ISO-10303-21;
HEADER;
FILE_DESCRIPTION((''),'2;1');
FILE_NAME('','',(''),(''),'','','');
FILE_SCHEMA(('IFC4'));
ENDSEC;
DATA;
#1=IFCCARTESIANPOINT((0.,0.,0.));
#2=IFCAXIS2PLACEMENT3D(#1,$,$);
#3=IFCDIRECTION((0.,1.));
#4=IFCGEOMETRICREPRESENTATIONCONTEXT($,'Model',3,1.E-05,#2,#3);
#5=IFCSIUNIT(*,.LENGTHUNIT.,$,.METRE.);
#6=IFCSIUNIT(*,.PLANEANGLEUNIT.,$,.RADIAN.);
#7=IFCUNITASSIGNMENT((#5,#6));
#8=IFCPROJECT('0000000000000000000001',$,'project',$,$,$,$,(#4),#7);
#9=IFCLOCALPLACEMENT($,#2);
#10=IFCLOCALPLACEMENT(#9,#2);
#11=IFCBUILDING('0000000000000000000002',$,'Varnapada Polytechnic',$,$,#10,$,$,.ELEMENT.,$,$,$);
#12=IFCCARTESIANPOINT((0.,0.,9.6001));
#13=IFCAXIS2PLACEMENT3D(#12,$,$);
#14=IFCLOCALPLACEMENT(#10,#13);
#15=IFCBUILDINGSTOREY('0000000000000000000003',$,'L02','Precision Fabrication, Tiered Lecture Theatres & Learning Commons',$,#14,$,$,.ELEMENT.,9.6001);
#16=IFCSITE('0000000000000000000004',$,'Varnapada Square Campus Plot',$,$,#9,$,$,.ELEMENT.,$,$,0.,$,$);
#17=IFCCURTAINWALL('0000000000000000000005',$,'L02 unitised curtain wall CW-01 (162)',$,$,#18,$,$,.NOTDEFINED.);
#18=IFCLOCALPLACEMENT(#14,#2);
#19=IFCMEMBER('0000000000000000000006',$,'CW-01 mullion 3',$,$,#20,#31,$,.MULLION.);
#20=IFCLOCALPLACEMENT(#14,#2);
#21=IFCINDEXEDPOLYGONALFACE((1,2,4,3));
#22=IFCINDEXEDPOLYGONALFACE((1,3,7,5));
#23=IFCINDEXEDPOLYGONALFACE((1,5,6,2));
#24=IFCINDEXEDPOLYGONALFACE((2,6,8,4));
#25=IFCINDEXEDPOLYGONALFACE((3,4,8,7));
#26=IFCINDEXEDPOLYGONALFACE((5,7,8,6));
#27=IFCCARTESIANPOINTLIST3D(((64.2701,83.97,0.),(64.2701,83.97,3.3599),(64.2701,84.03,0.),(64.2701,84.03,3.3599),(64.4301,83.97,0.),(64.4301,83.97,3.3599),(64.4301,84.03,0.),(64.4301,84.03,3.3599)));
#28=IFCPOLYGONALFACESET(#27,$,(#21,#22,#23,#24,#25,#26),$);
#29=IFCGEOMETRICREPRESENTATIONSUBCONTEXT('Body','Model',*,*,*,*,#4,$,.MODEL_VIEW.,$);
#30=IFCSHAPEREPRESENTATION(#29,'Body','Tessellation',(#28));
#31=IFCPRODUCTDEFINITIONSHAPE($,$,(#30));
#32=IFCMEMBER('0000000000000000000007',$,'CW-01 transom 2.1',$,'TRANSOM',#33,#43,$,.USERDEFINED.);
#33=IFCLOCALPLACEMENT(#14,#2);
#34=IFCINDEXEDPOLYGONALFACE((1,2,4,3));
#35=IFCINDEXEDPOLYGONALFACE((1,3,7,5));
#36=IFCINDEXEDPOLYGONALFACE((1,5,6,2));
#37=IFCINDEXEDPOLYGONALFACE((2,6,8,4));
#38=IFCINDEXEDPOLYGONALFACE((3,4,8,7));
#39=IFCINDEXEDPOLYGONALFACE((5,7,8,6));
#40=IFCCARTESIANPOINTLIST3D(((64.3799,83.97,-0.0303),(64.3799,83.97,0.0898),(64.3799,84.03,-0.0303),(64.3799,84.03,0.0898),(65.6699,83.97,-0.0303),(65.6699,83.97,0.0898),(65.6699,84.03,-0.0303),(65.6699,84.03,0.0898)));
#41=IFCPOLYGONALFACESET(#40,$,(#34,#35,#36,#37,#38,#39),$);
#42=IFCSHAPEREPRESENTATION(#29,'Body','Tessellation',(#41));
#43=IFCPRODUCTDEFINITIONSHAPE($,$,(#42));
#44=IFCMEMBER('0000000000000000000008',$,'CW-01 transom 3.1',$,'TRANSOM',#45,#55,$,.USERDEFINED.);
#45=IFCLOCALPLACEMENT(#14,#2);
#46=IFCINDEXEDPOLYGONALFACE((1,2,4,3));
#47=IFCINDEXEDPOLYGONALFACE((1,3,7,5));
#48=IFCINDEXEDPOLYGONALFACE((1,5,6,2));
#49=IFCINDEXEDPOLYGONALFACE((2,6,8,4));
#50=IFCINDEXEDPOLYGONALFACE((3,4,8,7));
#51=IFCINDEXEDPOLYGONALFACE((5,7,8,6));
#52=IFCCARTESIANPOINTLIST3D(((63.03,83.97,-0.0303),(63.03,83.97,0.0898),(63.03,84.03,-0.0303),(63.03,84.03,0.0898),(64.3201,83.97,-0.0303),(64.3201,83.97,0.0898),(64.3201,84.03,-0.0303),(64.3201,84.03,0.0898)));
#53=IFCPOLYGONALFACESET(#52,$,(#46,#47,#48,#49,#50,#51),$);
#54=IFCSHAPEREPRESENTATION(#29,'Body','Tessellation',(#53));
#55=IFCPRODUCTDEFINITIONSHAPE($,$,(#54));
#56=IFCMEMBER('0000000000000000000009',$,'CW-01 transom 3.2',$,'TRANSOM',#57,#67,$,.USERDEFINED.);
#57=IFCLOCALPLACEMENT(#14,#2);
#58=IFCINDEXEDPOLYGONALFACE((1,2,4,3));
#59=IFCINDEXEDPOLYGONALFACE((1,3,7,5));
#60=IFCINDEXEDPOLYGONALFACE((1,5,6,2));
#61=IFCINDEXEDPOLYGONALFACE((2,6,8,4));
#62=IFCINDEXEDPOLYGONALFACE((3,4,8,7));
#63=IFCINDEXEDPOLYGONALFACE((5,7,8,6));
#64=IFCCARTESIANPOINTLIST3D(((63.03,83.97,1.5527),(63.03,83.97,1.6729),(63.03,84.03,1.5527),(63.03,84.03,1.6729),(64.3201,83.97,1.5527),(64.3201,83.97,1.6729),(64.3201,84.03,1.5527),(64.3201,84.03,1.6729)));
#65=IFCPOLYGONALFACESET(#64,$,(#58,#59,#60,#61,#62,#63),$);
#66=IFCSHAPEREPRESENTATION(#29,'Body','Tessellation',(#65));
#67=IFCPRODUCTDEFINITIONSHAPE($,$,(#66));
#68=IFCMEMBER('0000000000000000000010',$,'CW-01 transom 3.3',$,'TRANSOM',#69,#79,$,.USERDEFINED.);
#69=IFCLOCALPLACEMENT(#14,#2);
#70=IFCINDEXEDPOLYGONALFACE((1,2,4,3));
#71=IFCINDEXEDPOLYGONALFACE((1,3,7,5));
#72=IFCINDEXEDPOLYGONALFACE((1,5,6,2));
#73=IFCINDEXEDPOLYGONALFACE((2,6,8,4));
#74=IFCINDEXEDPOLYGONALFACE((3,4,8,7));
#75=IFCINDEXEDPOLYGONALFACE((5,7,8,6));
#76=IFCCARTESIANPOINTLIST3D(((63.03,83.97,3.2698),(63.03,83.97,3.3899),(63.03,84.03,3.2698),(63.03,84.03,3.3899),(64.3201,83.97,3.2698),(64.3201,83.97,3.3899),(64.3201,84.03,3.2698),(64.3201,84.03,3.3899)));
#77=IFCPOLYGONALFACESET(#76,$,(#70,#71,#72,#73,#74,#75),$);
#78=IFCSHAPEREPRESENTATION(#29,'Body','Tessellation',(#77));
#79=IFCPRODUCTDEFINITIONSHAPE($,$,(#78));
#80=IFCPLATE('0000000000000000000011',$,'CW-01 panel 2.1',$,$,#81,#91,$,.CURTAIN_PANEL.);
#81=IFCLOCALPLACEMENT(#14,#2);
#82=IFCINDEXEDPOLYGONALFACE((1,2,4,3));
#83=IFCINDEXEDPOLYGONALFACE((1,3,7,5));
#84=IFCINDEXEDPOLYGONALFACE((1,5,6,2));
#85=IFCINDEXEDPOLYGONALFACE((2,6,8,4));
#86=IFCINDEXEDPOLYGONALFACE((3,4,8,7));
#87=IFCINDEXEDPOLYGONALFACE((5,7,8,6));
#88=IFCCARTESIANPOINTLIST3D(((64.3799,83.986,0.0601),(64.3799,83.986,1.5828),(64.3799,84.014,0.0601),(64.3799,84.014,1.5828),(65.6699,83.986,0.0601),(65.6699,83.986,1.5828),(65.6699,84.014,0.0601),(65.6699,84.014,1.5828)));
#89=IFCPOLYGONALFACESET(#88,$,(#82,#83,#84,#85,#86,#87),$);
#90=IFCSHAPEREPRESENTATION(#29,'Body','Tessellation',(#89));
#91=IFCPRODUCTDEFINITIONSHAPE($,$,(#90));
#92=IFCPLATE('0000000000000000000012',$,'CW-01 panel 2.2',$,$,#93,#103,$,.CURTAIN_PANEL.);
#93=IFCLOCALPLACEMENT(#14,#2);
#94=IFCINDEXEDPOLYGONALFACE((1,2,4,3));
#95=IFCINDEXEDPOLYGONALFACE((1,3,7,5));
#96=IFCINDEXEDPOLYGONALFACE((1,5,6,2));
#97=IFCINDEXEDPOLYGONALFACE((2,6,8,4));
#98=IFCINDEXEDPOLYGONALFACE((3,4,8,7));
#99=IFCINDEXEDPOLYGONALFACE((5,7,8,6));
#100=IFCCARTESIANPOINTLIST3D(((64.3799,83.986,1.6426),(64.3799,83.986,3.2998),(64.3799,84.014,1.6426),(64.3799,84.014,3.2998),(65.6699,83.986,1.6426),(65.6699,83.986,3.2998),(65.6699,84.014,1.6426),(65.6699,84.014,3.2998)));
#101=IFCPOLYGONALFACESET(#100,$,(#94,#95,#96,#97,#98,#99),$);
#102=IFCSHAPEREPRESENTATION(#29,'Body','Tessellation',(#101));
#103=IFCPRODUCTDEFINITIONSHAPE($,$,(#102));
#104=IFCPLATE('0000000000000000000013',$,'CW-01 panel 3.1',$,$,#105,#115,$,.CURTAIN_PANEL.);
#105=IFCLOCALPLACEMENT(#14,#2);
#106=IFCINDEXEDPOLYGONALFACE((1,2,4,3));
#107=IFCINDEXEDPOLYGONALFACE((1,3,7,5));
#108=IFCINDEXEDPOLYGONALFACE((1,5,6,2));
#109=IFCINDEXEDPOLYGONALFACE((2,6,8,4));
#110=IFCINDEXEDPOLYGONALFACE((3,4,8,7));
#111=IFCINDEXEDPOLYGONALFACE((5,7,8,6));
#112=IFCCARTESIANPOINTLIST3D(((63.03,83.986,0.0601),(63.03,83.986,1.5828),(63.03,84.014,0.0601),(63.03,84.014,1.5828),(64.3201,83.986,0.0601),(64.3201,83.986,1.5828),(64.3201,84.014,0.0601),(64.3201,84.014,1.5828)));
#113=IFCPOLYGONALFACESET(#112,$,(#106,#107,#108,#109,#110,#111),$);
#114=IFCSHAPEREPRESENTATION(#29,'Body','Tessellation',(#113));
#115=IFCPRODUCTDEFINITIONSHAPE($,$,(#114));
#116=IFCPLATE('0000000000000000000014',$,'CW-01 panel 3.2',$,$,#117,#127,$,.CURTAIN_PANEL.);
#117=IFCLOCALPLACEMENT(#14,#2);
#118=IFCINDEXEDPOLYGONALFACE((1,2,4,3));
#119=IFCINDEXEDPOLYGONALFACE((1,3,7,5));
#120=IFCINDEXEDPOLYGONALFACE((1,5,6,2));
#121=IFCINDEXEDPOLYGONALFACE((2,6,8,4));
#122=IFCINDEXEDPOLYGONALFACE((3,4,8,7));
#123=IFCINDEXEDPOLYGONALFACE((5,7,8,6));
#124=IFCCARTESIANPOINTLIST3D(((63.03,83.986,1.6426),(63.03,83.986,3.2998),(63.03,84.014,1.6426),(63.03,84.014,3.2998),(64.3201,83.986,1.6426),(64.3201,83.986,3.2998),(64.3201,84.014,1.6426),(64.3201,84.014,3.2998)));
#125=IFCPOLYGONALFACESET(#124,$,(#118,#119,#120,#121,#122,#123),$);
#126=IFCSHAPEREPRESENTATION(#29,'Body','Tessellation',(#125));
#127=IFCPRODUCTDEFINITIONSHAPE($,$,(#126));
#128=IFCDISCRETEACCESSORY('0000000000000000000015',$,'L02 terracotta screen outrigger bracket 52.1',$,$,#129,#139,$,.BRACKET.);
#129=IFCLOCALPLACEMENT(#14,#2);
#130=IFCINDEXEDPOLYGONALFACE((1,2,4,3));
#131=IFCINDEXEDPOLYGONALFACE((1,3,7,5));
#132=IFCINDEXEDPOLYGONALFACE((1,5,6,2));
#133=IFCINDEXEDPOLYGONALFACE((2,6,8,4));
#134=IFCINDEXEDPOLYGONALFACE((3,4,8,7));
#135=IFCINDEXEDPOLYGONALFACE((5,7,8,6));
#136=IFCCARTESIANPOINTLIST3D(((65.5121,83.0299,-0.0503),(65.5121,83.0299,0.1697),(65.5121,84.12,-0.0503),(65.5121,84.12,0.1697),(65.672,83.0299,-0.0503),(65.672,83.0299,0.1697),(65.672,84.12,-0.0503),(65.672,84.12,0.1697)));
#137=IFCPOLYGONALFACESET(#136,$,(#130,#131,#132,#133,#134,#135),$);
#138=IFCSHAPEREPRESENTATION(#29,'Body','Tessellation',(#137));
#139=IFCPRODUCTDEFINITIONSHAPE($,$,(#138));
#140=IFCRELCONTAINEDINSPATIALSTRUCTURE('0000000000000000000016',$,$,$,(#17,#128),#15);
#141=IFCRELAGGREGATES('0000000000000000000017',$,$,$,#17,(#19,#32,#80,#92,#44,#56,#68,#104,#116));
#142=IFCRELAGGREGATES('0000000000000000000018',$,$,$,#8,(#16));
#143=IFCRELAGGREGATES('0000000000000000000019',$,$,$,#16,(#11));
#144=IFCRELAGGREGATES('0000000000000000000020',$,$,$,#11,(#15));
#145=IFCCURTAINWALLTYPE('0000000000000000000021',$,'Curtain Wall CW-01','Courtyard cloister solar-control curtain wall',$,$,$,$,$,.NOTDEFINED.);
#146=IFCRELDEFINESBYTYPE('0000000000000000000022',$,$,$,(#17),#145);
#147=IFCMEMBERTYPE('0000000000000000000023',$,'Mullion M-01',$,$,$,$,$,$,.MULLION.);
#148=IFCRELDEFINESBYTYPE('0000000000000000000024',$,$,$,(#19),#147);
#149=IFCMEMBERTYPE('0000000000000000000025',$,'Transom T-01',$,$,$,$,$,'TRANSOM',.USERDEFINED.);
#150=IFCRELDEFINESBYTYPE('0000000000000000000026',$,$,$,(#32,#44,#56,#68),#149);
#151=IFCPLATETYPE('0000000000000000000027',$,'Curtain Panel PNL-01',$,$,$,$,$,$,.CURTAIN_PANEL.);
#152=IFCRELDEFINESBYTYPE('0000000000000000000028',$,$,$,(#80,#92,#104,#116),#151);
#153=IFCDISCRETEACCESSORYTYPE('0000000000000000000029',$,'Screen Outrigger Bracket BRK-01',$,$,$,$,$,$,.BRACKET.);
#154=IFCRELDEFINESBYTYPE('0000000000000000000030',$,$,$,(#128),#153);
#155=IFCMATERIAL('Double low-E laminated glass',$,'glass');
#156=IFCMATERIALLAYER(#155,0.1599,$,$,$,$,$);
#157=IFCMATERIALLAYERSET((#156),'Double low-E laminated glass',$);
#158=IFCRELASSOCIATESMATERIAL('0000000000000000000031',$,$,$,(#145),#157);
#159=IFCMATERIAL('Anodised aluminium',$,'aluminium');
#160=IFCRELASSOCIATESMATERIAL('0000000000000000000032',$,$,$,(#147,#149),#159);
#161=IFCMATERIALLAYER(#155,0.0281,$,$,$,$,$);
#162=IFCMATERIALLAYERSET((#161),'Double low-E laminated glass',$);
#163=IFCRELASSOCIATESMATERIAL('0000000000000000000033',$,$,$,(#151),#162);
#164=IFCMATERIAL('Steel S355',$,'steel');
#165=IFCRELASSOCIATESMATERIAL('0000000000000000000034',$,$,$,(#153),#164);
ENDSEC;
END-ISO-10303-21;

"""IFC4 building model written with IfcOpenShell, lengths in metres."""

from ifc_helpers import new_model, si_unit, direction, frame, origin, origin_2d, place, context, subcontext, project, spatial, rectangle, extrude, material, layer, layer_set, material_profile, profile_set, type_object, element, aggregate, save


model = new_model("IFC4")

# Units and contexts
model_context = context("Model", 3, precision=1e-05, world=origin(), true_north=direction((0.0, 1.0)))
body_context = subcontext(model_context, "Body", "Model", "MODEL_VIEW")
ifc_project = project(units=[si_unit("LENGTHUNIT", "METRE"), si_unit("PLANEANGLEUNIT", "RADIAN")], contexts=[model_context])

# Site, building, storey
site_placement = place(None, origin())
site = spatial("IfcSite", under=ifc_project, at=site_placement, Name="Varnapada Square Campus Plot", CompositionType="ELEMENT", RefElevation=0.0)
building_placement = place(site_placement, origin())
building = spatial("IfcBuilding", under=site, at=building_placement, Name="Varnapada Polytechnic", CompositionType="ELEMENT")
storey_placement = place(building_placement, frame((0.0, 0.0, 9.6001)))
storey = spatial("IfcBuildingStorey", under=building, at=storey_placement, Name="L02", Description="Precision Fabrication, Tiered Lecture Theatres & Learning Commons", CompositionType="ELEMENT", Elevation=9.6001)

# Curtain wall, members, plates
ifc_material_1 = material(Name="Double low-E laminated glass", Category="glass")
ifc_layer_1 = layer(ifc_material_1, 0.1599)
ifc_layer_set_1 = layer_set([ifc_layer_1], Name="Double low-E laminated glass")
curtain_wall_type = type_object("IfcCurtainWallType", Name="Curtain Wall CW-01", Description="Courtyard cloister solar-control curtain wall", PredefinedType="NOTDEFINED", material=ifc_layer_set_1)
curtain_wall_placement = place(storey_placement, origin())
curtain_wall = element("IfcCurtainWall", 1, at=curtain_wall_placement, inside=storey, type_object=curtain_wall_type, Name="L02 unitised curtain wall CW-01 (162)", PredefinedType="NOTDEFINED")
ifc_material_2 = material(Name="Anodised aluminium", Category="aluminium")
ifc_material_profile_1 = material_profile(ifc_material_2, rectangle(XDim=0.0601, YDim=0.1599, at=origin_2d()), Name="ALU M60x160")
ifc_profile_set_1 = profile_set([ifc_material_profile_1], Name="Anodised aluminium")
member_type_1 = type_object("IfcMemberType", Name="Mullion M-01", PredefinedType="MULLION", material=ifc_profile_set_1)
member_1_placement = place(storey_placement, frame((64.3501, 84.0, 0.0), z_axis=(0.0, 0.0, 1.0), x_axis=(0.0, -1.0, 0.0)))
member_1 = element("IfcMember", 2, at=member_1_placement, type_object=member_type_1, Name="CW-01 mullion 3", PredefinedType="MULLION", context=body_context, shape_type="SweptSolid", body=[
    extrude(rectangle(XDim=0.0601, YDim=0.1599, at=origin_2d()), origin(), (0.0, 0.0, 1.0), 3.3599),
])
ifc_material_profile_2 = material_profile(ifc_material_2, rectangle(XDim=0.0601, YDim=0.1201, at=origin_2d()), Name="ALU T60x120")
ifc_profile_set_2 = profile_set([ifc_material_profile_2], Name="Anodised aluminium")
member_type_2 = type_object("IfcMemberType", Name="Transom T-01", ElementType="TRANSOM", PredefinedType="USERDEFINED", material=ifc_profile_set_2)
member_2_placement = place(storey_placement, frame((65.6699, 84.0, 0.0298), z_axis=(-1.0, 0.0, 0.0), x_axis=(0.0, -1.0, 0.0)))
member_2 = element("IfcMember", 3, at=member_2_placement, type_object=member_type_2, Name="CW-01 transom 2.1", ObjectType="TRANSOM", PredefinedType="USERDEFINED", context=body_context, shape_type="SweptSolid", body=[
    extrude(rectangle(XDim=0.0601, YDim=0.1201, at=origin_2d()), origin(), (0.0, 0.0, 1.0), 1.29),
])
member_3_placement = place(storey_placement, frame((64.3201, 84.0, 0.0298), z_axis=(-1.0, 0.0, 0.0), x_axis=(0.0, -1.0, 0.0)))
member_3 = element("IfcMember", 4, at=member_3_placement, type_object=member_type_2, Name="CW-01 transom 3.1", ObjectType="TRANSOM", PredefinedType="USERDEFINED", context=body_context, shape_type="SweptSolid", body=[
    extrude(rectangle(XDim=0.0601, YDim=0.1201, at=origin_2d()), origin(), (0.0, 0.0, 1.0), 1.29),
])
member_4_placement = place(storey_placement, frame((64.3201, 84.0, 1.6128), z_axis=(-1.0, 0.0, 0.0), x_axis=(0.0, -1.0, 0.0)))
member_4 = element("IfcMember", 5, at=member_4_placement, type_object=member_type_2, Name="CW-01 transom 3.2", ObjectType="TRANSOM", PredefinedType="USERDEFINED", context=body_context, shape_type="SweptSolid", body=[
    extrude(rectangle(XDim=0.0601, YDim=0.1201, at=origin_2d()), origin(), (0.0, 0.0, 1.0), 1.29),
])
member_5_placement = place(storey_placement, frame((64.3201, 84.0, 3.3298), z_axis=(-1.0, 0.0, 0.0), x_axis=(0.0, -1.0, 0.0)))
member_5 = element("IfcMember", 6, at=member_5_placement, type_object=member_type_2, Name="CW-01 transom 3.3", ObjectType="TRANSOM", PredefinedType="USERDEFINED", context=body_context, shape_type="SweptSolid", body=[
    extrude(rectangle(XDim=0.0601, YDim=0.1201, at=origin_2d()), origin(), (0.0, 0.0, 1.0), 1.29),
])
ifc_layer_2 = layer(ifc_material_1, 0.0281)
ifc_layer_set_2 = layer_set([ifc_layer_2], Name="Double low-E laminated glass")
plate_type = type_object("IfcPlateType", Name="Curtain Panel PNL-01", PredefinedType="CURTAIN_PANEL", material=ifc_layer_set_2)
plate_1_placement = place(storey_placement, frame((65.0249, 84.0, 0.0601), z_axis=(0.0, 0.0, 1.0), x_axis=(-1.0, 0.0, 0.0)))
plate_1 = element("IfcPlate", 7, at=plate_1_placement, type_object=plate_type, Name="CW-01 panel 2.1", PredefinedType="CURTAIN_PANEL", context=body_context, shape_type="SweptSolid", body=[
    extrude(rectangle(XDim=1.29, YDim=0.0281, at=origin_2d()), origin(), (0.0, 0.0, 1.0), 1.5227),
])
plate_2_placement = place(storey_placement, frame((65.0249, 84.0, 1.6426), z_axis=(0.0, 0.0, 1.0), x_axis=(-1.0, 0.0, 0.0)))
plate_2 = element("IfcPlate", 8, at=plate_2_placement, type_object=plate_type, Name="CW-01 panel 2.2", PredefinedType="CURTAIN_PANEL", context=body_context, shape_type="SweptSolid", body=[
    extrude(rectangle(XDim=1.29, YDim=0.0281, at=origin_2d()), origin(), (0.0, 0.0, 1.0), 1.6572),
])
plate_3_placement = place(storey_placement, frame((63.675, 84.0, 0.0601), z_axis=(0.0, 0.0, 1.0), x_axis=(-1.0, 0.0, 0.0)))
plate_3 = element("IfcPlate", 9, at=plate_3_placement, type_object=plate_type, Name="CW-01 panel 3.1", PredefinedType="CURTAIN_PANEL", context=body_context, shape_type="SweptSolid", body=[
    extrude(rectangle(XDim=1.29, YDim=0.0281, at=origin_2d()), origin(), (0.0, 0.0, 1.0), 1.5227),
])
plate_4_placement = place(storey_placement, frame((63.675, 84.0, 1.6426), z_axis=(0.0, 0.0, 1.0), x_axis=(-1.0, 0.0, 0.0)))
plate_4 = element("IfcPlate", 10, at=plate_4_placement, type_object=plate_type, Name="CW-01 panel 3.2", PredefinedType="CURTAIN_PANEL", context=body_context, shape_type="SweptSolid", body=[
    extrude(rectangle(XDim=1.29, YDim=0.0281, at=origin_2d()), origin(), (0.0, 0.0, 1.0), 1.6572),
])
aggregate(curtain_wall, [member_1, member_2, plate_1, plate_2, member_3, member_4, member_5, plate_3, plate_4])

# Discrete accessory
ifc_material_3 = material(Name="Steel S355", Category="steel")
discrete_accessory_type = type_object("IfcDiscreteAccessoryType", Name="Screen Outrigger Bracket BRK-01", PredefinedType="BRACKET", material=ifc_material_3)
discrete_accessory_placement = place(storey_placement, frame((65.592, 83.575, -0.0503), z_axis=(0.0, 0.0, 1.0), x_axis=(-1.0, 0.0, 0.0)))
element("IfcDiscreteAccessory", 11, at=discrete_accessory_placement, inside=storey, type_object=discrete_accessory_type, Name="L02 terracotta screen outrigger bracket 52.1", PredefinedType="BRACKET", context=body_context, shape_type="SweptSolid", body=[
    extrude(rectangle(XDim=0.1599, YDim=1.0901, at=origin_2d()), origin(), (0.0, 0.0, 1.0), 0.22),
])

save(model, "model.ifc")
